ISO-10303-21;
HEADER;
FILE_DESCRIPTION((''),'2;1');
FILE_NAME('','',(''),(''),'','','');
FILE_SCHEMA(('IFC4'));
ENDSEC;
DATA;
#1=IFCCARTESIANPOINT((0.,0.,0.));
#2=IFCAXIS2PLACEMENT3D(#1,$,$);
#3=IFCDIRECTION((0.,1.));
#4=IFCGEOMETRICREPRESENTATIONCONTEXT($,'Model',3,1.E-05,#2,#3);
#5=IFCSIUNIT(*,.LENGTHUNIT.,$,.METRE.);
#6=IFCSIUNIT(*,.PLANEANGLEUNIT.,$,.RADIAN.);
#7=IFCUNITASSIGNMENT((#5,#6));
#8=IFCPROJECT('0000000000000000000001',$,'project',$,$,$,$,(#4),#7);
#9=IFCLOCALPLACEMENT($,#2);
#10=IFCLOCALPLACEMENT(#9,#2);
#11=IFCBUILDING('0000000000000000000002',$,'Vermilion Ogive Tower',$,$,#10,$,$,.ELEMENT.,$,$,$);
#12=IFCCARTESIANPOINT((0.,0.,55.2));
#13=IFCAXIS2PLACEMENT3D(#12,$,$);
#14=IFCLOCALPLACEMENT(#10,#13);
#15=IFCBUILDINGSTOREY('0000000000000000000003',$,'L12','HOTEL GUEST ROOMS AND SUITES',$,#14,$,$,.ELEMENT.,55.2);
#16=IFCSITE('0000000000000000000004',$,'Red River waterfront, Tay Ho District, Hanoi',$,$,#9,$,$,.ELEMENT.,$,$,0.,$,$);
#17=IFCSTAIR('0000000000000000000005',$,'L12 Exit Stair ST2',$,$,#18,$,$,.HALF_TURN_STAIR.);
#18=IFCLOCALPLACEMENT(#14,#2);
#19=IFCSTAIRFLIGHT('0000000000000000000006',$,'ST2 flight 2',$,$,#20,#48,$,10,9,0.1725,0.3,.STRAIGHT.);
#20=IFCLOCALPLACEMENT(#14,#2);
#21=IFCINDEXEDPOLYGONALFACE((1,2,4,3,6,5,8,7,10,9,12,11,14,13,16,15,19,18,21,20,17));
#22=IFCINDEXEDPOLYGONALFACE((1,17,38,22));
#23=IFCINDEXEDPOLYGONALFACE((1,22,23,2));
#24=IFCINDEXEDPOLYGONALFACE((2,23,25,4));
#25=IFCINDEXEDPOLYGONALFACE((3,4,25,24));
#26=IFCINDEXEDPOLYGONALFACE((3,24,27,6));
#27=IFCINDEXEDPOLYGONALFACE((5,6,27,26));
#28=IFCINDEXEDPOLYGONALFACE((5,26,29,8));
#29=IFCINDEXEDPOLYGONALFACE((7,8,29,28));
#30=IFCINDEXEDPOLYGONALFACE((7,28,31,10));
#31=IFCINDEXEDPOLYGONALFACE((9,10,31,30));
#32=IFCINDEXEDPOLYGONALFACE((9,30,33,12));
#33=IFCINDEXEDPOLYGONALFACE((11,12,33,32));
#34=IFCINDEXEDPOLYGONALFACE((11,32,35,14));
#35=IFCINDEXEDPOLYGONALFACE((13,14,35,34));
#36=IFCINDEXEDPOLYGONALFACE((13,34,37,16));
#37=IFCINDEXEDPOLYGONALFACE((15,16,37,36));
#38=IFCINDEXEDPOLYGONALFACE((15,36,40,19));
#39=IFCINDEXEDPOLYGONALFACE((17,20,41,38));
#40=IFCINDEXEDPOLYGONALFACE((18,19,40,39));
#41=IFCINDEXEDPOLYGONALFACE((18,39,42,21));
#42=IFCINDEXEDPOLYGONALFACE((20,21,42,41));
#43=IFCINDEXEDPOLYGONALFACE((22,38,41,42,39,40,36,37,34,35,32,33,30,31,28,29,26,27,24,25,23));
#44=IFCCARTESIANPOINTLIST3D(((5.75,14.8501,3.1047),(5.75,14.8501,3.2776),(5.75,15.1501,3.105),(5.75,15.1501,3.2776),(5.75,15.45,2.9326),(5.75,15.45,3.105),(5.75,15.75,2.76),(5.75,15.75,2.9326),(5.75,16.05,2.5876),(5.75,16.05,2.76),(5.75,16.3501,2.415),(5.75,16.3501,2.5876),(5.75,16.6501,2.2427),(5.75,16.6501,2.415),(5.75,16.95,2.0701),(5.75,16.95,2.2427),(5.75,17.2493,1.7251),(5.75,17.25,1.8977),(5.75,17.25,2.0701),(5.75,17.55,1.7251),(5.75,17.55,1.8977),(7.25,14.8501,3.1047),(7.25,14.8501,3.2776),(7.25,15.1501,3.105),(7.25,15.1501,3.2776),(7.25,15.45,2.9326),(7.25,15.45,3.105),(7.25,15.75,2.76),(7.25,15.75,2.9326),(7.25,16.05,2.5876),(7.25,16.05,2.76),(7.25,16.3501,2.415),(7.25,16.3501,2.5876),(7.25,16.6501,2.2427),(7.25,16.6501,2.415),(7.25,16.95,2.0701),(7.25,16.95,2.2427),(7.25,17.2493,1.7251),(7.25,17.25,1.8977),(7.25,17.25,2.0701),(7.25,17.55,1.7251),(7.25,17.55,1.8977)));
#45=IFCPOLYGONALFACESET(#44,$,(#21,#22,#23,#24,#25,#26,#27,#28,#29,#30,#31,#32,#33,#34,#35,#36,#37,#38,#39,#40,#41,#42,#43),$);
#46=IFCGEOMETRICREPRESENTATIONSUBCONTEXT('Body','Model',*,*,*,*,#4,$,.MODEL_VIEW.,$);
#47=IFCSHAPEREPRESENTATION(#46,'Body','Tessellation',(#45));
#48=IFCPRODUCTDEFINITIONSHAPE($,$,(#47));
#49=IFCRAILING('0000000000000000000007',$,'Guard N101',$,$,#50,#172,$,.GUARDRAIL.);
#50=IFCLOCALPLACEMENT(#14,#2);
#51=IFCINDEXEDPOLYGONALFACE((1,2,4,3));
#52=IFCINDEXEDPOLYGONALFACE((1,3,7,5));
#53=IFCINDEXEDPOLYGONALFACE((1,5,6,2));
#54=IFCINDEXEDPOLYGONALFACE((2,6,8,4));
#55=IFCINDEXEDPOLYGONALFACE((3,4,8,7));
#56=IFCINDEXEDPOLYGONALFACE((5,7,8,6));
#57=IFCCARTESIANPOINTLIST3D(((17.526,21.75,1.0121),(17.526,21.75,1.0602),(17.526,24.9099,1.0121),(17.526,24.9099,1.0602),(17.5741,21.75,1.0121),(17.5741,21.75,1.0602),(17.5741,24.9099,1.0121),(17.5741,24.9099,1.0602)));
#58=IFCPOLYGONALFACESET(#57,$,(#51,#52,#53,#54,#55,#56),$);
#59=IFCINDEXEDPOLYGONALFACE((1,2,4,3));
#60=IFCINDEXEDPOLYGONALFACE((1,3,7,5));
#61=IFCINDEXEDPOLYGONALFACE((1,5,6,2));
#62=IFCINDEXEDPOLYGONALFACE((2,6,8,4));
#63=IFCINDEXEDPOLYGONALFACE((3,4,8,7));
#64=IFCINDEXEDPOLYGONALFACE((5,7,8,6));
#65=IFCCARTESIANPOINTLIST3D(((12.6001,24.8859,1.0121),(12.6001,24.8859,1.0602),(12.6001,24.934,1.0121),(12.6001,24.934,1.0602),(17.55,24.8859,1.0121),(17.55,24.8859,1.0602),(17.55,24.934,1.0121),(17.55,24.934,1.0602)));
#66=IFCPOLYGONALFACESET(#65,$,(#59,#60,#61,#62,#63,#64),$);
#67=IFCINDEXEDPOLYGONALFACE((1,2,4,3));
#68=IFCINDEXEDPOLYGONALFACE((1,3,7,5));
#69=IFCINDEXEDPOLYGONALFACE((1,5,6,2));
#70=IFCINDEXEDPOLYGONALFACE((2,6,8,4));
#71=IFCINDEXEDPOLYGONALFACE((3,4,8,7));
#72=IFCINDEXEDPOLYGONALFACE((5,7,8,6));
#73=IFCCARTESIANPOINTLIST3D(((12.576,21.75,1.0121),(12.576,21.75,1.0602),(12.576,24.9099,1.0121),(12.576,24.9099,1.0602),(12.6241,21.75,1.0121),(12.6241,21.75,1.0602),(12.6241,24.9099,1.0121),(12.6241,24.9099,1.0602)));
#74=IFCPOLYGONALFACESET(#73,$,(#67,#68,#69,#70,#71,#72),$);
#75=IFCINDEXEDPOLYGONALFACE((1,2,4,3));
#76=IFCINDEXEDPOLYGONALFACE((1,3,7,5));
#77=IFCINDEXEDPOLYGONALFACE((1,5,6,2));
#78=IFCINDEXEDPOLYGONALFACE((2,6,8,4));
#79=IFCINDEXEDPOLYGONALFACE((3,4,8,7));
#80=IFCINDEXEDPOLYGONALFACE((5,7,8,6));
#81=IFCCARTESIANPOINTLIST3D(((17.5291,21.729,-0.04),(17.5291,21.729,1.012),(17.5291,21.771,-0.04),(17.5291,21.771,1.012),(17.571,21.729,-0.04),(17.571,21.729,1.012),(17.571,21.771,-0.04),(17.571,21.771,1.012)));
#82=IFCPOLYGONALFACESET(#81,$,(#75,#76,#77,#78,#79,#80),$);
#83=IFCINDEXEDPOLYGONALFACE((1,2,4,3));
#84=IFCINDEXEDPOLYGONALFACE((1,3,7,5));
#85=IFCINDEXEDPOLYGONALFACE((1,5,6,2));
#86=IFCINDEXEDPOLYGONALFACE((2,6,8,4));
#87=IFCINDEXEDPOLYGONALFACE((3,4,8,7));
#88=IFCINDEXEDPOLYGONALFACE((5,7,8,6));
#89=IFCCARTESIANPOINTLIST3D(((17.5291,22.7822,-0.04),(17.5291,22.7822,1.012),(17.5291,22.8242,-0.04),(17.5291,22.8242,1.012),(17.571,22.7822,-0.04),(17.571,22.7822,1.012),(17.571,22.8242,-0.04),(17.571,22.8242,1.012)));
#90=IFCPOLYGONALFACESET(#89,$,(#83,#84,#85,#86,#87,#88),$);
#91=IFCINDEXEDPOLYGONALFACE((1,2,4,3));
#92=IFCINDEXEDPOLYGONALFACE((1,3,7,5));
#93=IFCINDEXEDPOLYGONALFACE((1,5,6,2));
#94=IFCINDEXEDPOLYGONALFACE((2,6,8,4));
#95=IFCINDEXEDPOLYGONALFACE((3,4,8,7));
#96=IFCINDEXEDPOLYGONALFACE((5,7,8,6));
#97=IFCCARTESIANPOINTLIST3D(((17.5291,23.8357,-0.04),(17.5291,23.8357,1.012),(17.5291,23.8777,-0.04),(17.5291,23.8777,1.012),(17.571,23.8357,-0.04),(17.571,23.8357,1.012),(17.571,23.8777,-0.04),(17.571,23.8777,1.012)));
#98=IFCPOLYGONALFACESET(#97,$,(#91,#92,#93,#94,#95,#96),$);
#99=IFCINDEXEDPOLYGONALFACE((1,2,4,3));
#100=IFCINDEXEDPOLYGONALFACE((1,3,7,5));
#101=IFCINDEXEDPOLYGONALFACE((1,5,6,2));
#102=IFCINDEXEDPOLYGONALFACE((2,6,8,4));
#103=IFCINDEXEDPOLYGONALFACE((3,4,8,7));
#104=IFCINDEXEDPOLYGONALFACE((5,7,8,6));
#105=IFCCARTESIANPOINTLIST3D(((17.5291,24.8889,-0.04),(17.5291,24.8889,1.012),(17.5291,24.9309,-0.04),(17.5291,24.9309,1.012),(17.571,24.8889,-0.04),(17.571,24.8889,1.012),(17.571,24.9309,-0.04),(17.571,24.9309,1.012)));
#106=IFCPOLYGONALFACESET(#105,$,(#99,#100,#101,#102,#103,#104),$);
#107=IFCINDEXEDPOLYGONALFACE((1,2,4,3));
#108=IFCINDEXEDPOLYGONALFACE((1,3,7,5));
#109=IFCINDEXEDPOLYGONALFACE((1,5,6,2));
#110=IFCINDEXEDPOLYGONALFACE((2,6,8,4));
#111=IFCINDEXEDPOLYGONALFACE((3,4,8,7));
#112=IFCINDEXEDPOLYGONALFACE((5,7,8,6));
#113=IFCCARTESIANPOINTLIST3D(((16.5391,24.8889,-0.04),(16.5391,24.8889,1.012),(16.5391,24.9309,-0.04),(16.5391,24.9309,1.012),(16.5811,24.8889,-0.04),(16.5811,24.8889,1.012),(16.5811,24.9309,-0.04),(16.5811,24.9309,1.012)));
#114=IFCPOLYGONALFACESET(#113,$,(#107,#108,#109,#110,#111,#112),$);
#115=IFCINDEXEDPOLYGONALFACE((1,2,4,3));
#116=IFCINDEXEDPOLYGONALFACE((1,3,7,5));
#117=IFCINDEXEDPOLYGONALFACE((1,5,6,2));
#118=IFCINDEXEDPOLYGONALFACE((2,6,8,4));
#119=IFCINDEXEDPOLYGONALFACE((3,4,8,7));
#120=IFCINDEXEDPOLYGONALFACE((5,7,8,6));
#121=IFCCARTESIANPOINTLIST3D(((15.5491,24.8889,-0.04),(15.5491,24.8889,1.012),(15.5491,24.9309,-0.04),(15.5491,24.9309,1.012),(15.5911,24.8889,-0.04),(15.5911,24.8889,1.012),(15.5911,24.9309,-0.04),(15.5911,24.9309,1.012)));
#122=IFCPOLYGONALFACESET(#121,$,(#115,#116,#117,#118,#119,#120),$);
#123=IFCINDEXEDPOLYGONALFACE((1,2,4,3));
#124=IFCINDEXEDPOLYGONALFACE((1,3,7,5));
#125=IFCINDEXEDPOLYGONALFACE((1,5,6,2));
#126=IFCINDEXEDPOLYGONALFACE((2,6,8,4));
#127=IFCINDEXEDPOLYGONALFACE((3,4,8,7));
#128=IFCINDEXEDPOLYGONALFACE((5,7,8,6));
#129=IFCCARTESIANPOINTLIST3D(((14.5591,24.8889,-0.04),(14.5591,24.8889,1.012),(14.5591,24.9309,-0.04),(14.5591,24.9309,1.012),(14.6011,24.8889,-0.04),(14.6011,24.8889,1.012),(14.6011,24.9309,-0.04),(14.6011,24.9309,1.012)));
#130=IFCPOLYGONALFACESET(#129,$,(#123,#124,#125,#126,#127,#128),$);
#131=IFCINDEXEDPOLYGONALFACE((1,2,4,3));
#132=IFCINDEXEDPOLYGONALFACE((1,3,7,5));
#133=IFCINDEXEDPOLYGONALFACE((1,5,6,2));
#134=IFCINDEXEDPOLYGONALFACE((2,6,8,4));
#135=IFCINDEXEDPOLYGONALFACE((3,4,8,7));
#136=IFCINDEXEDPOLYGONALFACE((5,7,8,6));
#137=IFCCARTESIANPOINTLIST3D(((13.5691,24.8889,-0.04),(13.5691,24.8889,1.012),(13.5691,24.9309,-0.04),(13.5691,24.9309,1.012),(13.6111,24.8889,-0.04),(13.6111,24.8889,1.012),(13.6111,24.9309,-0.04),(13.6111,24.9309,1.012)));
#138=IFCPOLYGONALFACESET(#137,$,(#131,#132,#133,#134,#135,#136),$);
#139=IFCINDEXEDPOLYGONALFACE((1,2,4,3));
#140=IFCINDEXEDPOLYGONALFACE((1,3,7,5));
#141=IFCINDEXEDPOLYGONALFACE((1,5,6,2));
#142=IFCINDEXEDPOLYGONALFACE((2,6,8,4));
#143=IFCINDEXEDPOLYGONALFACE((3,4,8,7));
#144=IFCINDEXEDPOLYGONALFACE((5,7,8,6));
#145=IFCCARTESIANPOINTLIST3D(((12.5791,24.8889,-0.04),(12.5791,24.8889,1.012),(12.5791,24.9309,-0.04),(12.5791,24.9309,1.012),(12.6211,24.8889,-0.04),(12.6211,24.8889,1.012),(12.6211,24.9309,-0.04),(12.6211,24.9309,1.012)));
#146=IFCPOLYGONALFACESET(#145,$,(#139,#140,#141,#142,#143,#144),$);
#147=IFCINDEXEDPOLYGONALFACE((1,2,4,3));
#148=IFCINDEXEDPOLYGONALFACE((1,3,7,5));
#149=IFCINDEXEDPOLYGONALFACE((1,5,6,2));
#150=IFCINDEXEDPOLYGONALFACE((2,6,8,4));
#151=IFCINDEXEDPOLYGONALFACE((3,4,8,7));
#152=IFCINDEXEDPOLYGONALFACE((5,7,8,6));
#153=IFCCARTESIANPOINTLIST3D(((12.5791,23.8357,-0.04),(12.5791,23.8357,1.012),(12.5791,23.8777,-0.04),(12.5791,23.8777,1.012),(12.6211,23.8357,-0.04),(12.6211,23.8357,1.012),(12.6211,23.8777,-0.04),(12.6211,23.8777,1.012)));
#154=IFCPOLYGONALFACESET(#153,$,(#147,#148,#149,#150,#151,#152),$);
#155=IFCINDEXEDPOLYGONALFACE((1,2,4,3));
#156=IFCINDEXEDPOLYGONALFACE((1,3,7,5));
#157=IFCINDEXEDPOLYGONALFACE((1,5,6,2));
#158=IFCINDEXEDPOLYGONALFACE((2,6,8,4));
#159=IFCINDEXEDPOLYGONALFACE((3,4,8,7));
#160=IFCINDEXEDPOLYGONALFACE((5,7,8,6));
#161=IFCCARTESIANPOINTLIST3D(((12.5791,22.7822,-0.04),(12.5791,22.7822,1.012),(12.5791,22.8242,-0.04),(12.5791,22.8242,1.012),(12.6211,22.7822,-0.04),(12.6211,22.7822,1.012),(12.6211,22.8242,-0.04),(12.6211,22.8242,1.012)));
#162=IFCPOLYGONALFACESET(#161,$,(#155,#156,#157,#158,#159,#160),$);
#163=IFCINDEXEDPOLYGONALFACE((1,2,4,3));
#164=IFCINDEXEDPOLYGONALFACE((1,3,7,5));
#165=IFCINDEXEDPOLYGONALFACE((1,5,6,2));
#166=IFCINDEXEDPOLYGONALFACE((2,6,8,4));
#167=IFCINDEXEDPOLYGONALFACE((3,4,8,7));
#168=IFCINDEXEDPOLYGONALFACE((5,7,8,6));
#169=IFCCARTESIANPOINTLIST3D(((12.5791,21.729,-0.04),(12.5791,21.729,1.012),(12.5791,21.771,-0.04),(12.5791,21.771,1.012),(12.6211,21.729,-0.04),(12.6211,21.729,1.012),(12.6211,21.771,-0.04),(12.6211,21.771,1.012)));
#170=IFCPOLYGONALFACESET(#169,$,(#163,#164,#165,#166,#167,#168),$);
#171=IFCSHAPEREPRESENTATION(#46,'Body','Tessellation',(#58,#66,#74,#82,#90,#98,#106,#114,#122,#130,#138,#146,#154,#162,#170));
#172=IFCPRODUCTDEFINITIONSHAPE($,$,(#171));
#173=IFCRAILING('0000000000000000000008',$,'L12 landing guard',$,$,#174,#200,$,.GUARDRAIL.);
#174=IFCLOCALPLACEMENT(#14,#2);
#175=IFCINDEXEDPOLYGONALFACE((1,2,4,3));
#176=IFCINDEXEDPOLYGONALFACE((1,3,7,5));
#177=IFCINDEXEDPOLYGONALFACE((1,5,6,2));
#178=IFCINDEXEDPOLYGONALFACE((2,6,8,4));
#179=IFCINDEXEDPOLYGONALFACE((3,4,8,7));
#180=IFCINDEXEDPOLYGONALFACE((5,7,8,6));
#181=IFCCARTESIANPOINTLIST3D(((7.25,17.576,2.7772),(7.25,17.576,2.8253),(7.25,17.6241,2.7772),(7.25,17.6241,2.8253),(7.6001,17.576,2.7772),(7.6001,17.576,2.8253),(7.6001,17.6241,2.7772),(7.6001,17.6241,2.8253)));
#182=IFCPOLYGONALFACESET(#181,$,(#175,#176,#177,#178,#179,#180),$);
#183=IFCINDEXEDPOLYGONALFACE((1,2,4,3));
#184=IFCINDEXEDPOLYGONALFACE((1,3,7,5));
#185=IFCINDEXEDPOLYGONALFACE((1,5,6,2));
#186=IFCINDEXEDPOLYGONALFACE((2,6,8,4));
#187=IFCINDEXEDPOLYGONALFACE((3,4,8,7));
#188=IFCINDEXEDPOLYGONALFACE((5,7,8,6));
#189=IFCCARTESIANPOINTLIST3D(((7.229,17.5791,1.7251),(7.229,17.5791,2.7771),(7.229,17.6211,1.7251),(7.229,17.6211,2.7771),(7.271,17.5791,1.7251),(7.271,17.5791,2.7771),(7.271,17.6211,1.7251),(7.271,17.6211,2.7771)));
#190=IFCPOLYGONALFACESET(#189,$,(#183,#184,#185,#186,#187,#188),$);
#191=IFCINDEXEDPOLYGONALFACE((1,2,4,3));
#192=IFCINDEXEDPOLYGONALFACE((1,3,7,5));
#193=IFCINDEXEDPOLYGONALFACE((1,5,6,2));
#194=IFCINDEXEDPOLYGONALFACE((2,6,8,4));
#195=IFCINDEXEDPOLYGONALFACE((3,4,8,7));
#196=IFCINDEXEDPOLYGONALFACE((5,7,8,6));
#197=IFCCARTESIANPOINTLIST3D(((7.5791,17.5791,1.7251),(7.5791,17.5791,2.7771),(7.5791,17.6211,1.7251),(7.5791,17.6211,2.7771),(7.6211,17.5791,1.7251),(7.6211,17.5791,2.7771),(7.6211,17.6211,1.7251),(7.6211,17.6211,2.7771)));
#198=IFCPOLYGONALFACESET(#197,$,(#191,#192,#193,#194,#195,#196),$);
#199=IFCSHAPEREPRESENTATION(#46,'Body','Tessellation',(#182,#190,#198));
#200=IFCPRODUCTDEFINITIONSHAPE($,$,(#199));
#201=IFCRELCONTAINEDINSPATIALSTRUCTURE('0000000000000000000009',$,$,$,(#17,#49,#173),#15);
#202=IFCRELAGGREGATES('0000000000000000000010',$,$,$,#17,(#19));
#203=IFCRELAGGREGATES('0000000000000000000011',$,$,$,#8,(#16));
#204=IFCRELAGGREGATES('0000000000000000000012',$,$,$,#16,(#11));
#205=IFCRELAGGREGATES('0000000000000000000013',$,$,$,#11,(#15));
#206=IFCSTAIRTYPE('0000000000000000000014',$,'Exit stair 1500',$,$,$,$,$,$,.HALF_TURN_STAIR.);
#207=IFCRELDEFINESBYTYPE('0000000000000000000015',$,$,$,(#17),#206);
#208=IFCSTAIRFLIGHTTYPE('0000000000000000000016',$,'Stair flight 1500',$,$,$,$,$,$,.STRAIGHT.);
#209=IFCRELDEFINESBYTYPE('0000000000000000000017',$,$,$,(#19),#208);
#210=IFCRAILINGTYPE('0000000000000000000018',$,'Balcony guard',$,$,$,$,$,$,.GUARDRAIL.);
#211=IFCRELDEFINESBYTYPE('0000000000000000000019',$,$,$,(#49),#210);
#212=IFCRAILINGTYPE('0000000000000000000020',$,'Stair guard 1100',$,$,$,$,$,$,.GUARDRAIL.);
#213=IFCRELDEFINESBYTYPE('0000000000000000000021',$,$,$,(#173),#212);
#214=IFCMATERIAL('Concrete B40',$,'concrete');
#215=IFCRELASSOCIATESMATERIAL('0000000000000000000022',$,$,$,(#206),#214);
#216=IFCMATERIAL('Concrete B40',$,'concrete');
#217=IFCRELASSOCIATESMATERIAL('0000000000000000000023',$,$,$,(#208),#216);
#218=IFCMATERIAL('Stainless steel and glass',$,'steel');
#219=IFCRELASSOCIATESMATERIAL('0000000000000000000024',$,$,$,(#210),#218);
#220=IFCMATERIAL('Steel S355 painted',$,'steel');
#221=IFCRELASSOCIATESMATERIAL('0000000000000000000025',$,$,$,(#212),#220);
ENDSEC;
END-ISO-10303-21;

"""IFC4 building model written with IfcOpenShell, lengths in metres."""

from ifc_helpers import new_model, si_unit, direction, frame, origin, origin_2d, place, context, subcontext, project, spatial, polyline, rectangle, outline, extrude, material, type_object, element, aggregate, save


model = new_model("IFC4")

# Units and contexts
model_context = context("Model", 3, precision=1e-05, world=origin(), true_north=direction((0.0, 1.0)))
body_context = subcontext(model_context, "Body", "Model", "MODEL_VIEW")
ifc_project = project(units=[si_unit("LENGTHUNIT", "METRE"), si_unit("PLANEANGLEUNIT", "RADIAN")], contexts=[model_context])

# Site, building, storey
site_placement = place(None, origin())
site = spatial("IfcSite", under=ifc_project, at=site_placement, Name="Red River waterfront, Tay Ho District, Hanoi", CompositionType="ELEMENT", RefElevation=0.0)
building_placement = place(site_placement, origin())
building = spatial("IfcBuilding", under=site, at=building_placement, Name="Vermilion Ogive Tower", CompositionType="ELEMENT")
storey_placement = place(building_placement, frame((0.0, 0.0, 55.2)))
storey = spatial("IfcBuildingStorey", under=building, at=storey_placement, Name="L12", Description="HOTEL GUEST ROOMS AND SUITES", CompositionType="ELEMENT", Elevation=55.2)

# Stair, stair flight
ifc_material_1 = material(Name="Concrete B40", Category="concrete")
stair_type = type_object("IfcStairType", Name="Exit stair 1500", PredefinedType="HALF_TURN_STAIR", material=ifc_material_1)
stair_placement = place(storey_placement, origin())
stair = element("IfcStair", 1, at=stair_placement, inside=storey, type_object=stair_type, Name="L12 Exit Stair ST2", PredefinedType="HALF_TURN_STAIR")
ifc_material_2 = material(Name="Concrete B40", Category="concrete")
stair_flight_type = type_object("IfcStairFlightType", Name="Stair flight 1500", PredefinedType="STRAIGHT", material=ifc_material_2)
stair_flight_placement = place(storey_placement, frame((6.5, 17.55, 1.7251), z_axis=(0.0, 0.0, 1.0), x_axis=(0.0, -1.0, 0.0)))
stair_flight = element("IfcStairFlight", 2, at=stair_flight_placement, type_object=stair_flight_type, Name="ST2 flight 2", NumberOfRisers=10, NumberOfTreads=9, PredefinedType="STRAIGHT", RiserHeight=0.1725, TreadLength=0.3, context=body_context, shape_type="SweptSolid", body=[
    extrude(outline(polyline([(0.0, 0.0), (0.0, 0.1726), (0.3, 0.1726), (0.3, 0.345), (0.6001, 0.345), (0.6001, 0.5176), (0.8999, 0.5176), (0.8999, 0.6899), (1.2, 0.6899), (1.2, 0.8625), (1.5, 0.8625), (1.5, 1.0349), (1.8, 1.0349), (1.8, 1.2075), (2.1001, 1.2075), (2.1001, 1.3799), (2.3999, 1.3799), (2.3999, 1.5525), (2.7, 1.5525), (2.7, 1.7251), (2.7, 1.3796), (0.3008, 0.0), (0.0, 0.0)])), frame((0.0, 0.75, 0.0), z_axis=(0.0, -1.0, 0.0), x_axis=(1.0, 0.0, 0.0)), (0.0, 0.0, 1.0), 1.5),
])
aggregate(stair, [stair_flight])

# Railings
ifc_material_3 = material(Name="Stainless steel and glass", Category="steel")
railing_type_1 = type_object("IfcRailingType", Name="Balcony guard", PredefinedType="GUARDRAIL", material=ifc_material_3)
railing_1_placement = place(storey_placement, frame((17.55, 21.75, -0.04)))
element("IfcRailing", 3, at=railing_1_placement, inside=storey, type_object=railing_type_1, Name="Guard N101", PredefinedType="GUARDRAIL", context=body_context, shape_type="SweptSolid", body=[
    extrude(rectangle(XDim=0.0481, YDim=0.0481, at=origin_2d()), frame((0.0, 0.0, 1.0762), z_axis=(0.0, 1.0, 0.0), x_axis=(-1.0, 0.0, 0.0)), (0.0, 0.0, 1.0), 3.1599),
    extrude(rectangle(XDim=0.0481, YDim=0.0481, at=origin_2d()), frame((0.0, 3.1599, 1.0762), z_axis=(-1.0, 0.0, 0.0), x_axis=(0.0, -1.0, 0.0)), (0.0, 0.0, 1.0), 4.95),
    extrude(rectangle(XDim=0.0481, YDim=0.0481, at=origin_2d()), frame((-4.95, 3.1599, 1.0762), z_axis=(0.0, -1.0, 0.0), x_axis=(1.0, 0.0, 0.0)), (0.0, 0.0, 1.0), 3.1599),
    extrude(rectangle(XDim=0.042, YDim=0.042, at=origin_2d()), origin(), (0.0, 0.0, 1.0), 1.052),
    extrude(rectangle(XDim=0.042, YDim=0.042, at=origin_2d()), frame((0.0, 1.0532, 0.0)), (0.0, 0.0, 1.0), 1.052),
    extrude(rectangle(XDim=0.042, YDim=0.042, at=origin_2d()), frame((0.0, 2.1067, 0.0)), (0.0, 0.0, 1.0), 1.052),
    extrude(rectangle(XDim=0.042, YDim=0.042, at=origin_2d()), frame((0.0, 3.1599, 0.0)), (0.0, 0.0, 1.0), 1.052),
    extrude(rectangle(XDim=0.042, YDim=0.042, at=origin_2d()), frame((-0.99, 3.1599, 0.0)), (0.0, 0.0, 1.0), 1.052),
    extrude(rectangle(XDim=0.042, YDim=0.042, at=origin_2d()), frame((-1.98, 3.1599, 0.0)), (0.0, 0.0, 1.0), 1.052),
    extrude(rectangle(XDim=0.042, YDim=0.042, at=origin_2d()), frame((-2.97, 3.1599, 0.0)), (0.0, 0.0, 1.0), 1.052),
    extrude(rectangle(XDim=0.042, YDim=0.042, at=origin_2d()), frame((-3.96, 3.1599, 0.0)), (0.0, 0.0, 1.0), 1.052),
    extrude(rectangle(XDim=0.042, YDim=0.042, at=origin_2d()), frame((-4.95, 3.1599, 0.0)), (0.0, 0.0, 1.0), 1.052),
    extrude(rectangle(XDim=0.042, YDim=0.042, at=origin_2d()), frame((-4.95, 2.1067, 0.0)), (0.0, 0.0, 1.0), 1.052),
    extrude(rectangle(XDim=0.042, YDim=0.042, at=origin_2d()), frame((-4.95, 1.0532, 0.0)), (0.0, 0.0, 1.0), 1.052),
    extrude(rectangle(XDim=0.042, YDim=0.042, at=origin_2d()), frame((-4.95, 0.0, 0.0)), (0.0, 0.0, 1.0), 1.052),
])
ifc_material_4 = material(Name="Steel S355 painted", Category="steel")
railing_type_2 = type_object("IfcRailingType", Name="Stair guard 1100", PredefinedType="GUARDRAIL", material=ifc_material_4)
railing_2_placement = place(storey_placement, frame((7.25, 17.6001, 1.7251)))
element("IfcRailing", 4, at=railing_2_placement, inside=storey, type_object=railing_type_2, Name="L12 landing guard", PredefinedType="GUARDRAIL", context=body_context, shape_type="SweptSolid", body=[
    extrude(rectangle(XDim=0.0481, YDim=0.0481, at=origin_2d()), frame((0.0, 0.0, 1.0762), z_axis=(1.0, 0.0, 0.0), x_axis=(0.0, 1.0, 0.0)), (0.0, 0.0, 1.0), 0.3501),
    extrude(rectangle(XDim=0.042, YDim=0.042, at=origin_2d()), origin(), (0.0, 0.0, 1.0), 1.052),
    extrude(rectangle(XDim=0.042, YDim=0.042, at=origin_2d()), frame((0.3501, 0.0, 0.0)), (0.0, 0.0, 1.0), 1.052),
])

save(model, "model.ifc")
